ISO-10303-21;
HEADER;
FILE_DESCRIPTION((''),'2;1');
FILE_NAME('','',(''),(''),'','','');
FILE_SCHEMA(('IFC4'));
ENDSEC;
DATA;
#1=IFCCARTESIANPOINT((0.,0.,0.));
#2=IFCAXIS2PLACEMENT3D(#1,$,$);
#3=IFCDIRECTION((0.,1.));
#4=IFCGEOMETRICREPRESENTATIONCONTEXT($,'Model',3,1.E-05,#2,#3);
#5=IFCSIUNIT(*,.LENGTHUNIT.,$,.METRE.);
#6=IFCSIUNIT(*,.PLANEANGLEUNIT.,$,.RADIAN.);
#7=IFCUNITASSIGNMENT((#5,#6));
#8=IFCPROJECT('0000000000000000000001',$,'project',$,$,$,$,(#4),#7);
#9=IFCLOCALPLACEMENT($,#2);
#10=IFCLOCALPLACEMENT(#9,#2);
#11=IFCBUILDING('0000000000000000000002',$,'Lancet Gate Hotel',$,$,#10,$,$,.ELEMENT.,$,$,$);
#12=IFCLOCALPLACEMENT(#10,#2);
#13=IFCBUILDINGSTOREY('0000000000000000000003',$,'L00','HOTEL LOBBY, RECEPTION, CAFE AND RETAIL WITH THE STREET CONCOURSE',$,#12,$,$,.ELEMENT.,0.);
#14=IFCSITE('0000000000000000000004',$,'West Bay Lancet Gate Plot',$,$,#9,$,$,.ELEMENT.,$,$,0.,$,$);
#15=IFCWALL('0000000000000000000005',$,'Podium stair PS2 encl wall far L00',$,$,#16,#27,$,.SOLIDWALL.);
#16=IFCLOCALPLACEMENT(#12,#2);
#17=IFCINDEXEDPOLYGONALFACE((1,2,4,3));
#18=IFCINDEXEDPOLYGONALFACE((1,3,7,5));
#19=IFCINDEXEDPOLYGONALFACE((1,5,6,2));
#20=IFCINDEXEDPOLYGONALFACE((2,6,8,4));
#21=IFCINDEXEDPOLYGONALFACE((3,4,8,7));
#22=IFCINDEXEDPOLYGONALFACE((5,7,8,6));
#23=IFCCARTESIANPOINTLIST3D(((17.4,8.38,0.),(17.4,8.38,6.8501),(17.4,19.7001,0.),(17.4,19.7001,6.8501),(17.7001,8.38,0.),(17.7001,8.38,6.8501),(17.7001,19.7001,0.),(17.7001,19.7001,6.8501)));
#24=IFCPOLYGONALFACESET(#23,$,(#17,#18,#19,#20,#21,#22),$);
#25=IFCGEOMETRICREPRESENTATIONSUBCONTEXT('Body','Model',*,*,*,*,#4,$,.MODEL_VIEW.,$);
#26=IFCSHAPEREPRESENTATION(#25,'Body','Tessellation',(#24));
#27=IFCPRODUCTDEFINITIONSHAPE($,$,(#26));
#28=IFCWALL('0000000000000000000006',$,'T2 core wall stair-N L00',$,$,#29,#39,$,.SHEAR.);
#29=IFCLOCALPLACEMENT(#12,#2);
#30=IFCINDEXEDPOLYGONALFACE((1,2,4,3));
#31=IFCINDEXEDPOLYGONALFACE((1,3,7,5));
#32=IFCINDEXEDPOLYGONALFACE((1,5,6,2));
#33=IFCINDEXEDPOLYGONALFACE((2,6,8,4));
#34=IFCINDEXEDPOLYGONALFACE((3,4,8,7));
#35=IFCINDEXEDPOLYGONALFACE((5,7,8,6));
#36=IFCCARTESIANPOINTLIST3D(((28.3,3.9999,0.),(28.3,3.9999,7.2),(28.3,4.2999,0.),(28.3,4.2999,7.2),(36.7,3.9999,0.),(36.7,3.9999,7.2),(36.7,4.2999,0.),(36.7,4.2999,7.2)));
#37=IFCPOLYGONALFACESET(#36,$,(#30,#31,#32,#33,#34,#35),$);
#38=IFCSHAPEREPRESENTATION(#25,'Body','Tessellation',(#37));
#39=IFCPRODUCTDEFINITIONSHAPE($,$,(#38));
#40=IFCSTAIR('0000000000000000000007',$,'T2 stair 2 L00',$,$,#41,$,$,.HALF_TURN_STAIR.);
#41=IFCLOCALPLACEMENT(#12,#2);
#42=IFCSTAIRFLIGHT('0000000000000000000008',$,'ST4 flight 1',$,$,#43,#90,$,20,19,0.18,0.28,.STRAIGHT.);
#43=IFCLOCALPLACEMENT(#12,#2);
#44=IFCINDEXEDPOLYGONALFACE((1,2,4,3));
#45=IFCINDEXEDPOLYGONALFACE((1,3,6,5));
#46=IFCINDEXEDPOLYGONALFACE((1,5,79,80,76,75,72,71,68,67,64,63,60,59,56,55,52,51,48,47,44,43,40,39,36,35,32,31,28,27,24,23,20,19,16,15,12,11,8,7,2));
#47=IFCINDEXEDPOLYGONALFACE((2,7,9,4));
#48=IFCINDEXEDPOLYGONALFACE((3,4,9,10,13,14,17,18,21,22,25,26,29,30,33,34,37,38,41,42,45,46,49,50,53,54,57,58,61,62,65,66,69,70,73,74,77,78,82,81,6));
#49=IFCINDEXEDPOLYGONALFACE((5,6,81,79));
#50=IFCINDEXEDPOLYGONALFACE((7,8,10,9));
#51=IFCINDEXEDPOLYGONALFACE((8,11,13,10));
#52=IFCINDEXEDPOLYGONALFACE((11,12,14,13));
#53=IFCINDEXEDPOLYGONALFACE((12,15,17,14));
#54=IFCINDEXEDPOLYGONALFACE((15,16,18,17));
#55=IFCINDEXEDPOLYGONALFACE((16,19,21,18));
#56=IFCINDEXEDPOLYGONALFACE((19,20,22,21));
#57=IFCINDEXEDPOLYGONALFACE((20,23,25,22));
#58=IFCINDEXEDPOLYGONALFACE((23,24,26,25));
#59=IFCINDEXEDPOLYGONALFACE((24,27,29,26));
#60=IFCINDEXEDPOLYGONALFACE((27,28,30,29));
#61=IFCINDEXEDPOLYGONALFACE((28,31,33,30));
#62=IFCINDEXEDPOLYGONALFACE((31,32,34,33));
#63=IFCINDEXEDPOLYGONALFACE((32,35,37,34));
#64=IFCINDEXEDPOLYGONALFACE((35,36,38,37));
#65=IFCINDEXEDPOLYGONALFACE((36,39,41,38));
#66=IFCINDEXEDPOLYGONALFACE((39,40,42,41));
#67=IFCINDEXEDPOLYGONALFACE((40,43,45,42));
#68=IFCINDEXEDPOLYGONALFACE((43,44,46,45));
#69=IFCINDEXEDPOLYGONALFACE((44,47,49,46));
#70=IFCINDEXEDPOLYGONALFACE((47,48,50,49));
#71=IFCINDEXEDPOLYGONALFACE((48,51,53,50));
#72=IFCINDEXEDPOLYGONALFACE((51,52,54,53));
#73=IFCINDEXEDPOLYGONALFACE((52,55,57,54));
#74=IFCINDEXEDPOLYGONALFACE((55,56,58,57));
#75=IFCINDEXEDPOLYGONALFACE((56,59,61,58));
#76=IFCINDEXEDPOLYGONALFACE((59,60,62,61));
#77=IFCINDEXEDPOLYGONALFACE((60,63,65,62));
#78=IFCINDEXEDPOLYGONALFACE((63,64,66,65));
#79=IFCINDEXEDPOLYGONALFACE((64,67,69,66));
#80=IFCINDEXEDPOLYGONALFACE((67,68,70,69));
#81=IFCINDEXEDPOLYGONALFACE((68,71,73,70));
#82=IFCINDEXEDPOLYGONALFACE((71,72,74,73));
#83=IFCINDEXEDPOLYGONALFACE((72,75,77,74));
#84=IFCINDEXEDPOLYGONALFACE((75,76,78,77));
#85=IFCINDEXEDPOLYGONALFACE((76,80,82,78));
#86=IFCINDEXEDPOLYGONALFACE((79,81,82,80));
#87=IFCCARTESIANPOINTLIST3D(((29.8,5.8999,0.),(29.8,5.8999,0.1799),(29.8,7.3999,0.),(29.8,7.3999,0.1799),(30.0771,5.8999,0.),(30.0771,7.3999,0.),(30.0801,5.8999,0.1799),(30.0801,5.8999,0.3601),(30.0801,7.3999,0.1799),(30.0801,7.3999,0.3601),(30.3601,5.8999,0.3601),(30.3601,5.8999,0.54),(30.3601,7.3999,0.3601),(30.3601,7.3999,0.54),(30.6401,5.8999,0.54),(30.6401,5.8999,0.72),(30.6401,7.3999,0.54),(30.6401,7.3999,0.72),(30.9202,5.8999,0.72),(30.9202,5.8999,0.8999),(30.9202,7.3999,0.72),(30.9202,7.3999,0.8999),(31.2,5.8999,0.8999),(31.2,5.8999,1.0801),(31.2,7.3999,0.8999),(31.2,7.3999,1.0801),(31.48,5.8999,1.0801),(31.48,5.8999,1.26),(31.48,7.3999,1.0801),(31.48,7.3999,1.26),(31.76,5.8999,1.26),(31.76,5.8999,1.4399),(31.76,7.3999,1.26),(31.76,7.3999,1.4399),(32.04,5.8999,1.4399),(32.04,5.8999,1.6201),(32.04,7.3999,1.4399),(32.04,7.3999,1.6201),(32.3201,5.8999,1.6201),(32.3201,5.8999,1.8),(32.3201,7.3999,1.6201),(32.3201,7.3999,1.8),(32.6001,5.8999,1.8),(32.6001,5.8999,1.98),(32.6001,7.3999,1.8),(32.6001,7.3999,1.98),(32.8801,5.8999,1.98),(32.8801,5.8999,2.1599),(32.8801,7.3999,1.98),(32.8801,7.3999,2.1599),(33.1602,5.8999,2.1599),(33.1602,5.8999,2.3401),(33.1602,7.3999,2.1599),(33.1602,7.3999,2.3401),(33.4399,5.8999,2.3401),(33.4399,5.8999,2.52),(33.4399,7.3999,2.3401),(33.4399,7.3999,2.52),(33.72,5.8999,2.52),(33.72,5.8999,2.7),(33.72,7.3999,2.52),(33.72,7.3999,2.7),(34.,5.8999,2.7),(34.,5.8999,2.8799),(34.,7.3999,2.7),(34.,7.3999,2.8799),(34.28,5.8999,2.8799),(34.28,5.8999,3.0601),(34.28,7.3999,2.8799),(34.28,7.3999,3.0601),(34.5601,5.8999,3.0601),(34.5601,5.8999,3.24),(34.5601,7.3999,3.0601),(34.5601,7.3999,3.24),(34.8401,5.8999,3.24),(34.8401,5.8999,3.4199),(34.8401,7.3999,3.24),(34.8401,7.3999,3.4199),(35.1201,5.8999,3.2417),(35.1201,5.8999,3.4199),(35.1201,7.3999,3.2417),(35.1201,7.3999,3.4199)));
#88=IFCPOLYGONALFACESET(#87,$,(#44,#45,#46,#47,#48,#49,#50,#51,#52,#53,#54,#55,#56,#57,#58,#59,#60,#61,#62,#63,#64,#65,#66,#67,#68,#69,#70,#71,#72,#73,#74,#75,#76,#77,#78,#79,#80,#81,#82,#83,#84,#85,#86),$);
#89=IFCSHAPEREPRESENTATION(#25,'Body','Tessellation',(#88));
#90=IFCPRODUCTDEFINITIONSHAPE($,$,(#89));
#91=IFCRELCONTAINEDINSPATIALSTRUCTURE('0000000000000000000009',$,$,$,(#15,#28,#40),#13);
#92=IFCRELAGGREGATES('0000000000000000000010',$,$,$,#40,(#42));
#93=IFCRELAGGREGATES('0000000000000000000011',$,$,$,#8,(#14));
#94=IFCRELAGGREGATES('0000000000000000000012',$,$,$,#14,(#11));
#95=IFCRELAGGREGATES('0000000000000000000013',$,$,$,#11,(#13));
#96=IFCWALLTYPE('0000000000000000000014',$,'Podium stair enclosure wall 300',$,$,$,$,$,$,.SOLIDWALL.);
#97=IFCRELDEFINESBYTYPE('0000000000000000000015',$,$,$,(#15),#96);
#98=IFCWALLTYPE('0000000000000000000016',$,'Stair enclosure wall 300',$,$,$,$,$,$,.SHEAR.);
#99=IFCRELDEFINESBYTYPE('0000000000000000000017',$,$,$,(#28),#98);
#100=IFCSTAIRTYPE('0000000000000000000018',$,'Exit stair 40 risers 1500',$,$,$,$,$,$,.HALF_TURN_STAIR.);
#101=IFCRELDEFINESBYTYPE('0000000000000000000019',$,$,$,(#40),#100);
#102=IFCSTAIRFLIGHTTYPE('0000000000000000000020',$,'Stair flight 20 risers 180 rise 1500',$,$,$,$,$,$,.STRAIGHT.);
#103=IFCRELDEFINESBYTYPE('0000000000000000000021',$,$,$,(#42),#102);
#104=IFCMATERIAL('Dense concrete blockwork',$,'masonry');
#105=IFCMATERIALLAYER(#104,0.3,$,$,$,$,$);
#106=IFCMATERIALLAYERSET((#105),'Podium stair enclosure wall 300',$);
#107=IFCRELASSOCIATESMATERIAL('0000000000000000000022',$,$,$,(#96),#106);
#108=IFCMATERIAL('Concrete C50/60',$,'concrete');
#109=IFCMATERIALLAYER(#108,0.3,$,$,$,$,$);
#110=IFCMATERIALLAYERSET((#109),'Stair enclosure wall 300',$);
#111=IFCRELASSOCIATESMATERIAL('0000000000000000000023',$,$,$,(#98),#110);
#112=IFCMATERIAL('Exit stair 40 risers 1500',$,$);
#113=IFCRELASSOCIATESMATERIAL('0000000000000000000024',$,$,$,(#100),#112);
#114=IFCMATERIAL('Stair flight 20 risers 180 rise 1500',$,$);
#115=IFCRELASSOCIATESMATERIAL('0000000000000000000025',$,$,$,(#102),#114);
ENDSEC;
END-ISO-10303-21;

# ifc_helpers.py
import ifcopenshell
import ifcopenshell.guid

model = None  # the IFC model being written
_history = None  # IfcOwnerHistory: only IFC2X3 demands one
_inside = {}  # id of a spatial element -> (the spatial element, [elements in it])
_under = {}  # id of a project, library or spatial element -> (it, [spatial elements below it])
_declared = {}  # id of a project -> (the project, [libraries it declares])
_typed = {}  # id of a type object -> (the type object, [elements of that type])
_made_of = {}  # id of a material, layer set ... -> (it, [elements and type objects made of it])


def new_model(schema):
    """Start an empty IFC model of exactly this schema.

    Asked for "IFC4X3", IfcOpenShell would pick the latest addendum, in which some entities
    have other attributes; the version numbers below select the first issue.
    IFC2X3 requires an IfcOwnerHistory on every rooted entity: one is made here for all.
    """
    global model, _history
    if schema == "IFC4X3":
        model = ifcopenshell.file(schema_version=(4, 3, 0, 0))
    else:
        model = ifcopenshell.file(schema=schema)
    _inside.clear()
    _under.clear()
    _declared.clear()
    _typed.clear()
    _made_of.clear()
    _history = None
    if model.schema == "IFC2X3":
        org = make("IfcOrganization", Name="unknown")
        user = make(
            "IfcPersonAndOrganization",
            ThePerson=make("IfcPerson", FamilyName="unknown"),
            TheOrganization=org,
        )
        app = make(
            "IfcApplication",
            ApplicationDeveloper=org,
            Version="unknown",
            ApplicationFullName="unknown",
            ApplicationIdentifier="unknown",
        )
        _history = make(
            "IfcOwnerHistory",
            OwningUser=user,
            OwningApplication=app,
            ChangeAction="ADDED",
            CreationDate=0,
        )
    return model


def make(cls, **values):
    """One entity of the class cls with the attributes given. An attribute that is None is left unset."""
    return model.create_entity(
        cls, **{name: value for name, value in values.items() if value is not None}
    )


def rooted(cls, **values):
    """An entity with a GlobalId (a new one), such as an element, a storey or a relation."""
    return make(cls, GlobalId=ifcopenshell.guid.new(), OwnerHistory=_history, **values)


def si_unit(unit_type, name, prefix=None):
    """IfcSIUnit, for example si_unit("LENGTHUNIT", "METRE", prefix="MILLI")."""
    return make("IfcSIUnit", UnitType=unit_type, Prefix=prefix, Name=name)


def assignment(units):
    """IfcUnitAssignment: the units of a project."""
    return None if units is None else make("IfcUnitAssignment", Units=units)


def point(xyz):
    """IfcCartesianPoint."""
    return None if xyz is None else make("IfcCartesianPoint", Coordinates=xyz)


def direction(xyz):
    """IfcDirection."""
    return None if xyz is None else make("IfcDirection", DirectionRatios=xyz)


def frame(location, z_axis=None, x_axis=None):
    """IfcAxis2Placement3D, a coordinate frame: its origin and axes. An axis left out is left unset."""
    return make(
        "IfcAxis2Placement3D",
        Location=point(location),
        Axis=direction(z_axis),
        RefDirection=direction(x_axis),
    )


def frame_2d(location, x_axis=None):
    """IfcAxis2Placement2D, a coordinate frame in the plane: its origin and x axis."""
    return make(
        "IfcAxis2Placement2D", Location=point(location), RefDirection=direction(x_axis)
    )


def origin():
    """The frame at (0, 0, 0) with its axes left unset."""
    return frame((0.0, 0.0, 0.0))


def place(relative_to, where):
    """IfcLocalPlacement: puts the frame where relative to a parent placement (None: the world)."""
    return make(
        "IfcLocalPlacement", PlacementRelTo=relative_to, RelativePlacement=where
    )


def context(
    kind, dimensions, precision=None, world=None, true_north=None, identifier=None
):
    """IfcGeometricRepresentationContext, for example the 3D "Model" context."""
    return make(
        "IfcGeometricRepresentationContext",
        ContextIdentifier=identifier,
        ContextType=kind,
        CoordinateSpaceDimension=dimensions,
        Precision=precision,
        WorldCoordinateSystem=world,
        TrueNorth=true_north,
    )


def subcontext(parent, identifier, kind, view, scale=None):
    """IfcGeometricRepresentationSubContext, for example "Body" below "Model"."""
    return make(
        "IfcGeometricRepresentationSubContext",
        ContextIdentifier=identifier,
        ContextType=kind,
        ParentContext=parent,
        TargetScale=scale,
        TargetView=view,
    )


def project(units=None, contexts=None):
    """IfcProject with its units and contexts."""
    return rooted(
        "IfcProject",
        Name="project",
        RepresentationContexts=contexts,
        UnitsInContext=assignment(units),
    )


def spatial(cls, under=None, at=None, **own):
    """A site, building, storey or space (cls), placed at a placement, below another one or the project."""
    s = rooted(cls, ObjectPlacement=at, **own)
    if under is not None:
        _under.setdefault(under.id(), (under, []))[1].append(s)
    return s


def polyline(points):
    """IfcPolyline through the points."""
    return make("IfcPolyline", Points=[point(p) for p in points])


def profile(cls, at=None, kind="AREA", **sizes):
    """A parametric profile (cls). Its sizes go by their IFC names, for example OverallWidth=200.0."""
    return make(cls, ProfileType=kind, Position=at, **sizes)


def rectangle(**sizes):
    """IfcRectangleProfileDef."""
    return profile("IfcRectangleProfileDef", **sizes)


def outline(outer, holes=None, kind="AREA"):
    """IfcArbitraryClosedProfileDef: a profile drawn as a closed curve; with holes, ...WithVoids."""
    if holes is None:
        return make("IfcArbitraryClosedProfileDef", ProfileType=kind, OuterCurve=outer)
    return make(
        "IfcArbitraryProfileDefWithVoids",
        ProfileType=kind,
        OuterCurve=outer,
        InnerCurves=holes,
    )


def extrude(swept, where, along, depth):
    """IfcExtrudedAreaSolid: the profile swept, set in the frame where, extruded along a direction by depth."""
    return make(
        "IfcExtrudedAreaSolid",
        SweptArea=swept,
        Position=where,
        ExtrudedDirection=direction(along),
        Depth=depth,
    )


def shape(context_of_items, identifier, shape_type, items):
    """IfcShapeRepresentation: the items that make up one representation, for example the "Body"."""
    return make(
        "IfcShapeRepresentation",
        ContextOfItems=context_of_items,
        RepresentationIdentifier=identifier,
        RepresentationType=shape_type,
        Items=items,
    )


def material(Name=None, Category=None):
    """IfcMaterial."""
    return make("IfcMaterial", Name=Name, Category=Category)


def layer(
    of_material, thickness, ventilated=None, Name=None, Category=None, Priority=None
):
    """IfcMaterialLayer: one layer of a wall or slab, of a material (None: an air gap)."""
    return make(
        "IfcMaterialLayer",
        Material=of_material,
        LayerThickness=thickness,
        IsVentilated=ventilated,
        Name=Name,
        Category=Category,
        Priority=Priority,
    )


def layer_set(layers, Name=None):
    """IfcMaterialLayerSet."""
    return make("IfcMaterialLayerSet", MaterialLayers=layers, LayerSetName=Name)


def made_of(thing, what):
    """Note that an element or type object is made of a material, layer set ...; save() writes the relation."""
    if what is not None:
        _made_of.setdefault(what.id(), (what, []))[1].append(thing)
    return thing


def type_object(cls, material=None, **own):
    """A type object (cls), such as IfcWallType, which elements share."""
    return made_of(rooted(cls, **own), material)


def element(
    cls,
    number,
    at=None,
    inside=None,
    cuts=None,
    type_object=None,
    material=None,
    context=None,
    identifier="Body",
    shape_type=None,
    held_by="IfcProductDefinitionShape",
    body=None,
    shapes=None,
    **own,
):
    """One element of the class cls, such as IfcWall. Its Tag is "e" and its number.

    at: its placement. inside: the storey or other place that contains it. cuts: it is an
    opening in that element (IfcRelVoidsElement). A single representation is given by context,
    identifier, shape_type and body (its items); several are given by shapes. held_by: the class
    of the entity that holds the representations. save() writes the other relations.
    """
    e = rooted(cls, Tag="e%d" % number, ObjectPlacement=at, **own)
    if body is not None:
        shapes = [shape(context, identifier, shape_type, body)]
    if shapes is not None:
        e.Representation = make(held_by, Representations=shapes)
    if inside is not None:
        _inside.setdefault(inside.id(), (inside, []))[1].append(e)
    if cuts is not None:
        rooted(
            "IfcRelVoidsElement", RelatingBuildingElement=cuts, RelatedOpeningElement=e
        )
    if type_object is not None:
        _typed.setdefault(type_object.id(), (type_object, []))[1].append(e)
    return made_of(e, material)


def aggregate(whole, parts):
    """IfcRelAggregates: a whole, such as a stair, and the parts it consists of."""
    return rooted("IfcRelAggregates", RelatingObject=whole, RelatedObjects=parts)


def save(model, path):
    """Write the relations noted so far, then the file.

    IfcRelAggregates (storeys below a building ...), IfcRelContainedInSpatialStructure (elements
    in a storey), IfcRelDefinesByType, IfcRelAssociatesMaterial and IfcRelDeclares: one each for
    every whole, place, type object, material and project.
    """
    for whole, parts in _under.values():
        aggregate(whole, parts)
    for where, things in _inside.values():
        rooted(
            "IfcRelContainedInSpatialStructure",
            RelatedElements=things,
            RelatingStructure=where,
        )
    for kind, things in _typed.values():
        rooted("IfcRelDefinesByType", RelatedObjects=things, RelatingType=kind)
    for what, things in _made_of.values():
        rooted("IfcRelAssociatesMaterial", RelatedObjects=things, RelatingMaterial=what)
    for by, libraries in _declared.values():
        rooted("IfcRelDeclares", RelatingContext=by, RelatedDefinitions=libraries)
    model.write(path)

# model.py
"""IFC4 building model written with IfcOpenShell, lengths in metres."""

from ifc_helpers import new_model, si_unit, direction, frame, frame_2d, origin, place, context, subcontext, project, spatial, polyline, rectangle, outline, extrude, material, layer, layer_set, type_object, element, aggregate, save


model = new_model("IFC4")

# Units and contexts
model_context = context("Model", 3, precision=1e-05, world=origin(), true_north=direction((0.0, 1.0)))
body_context = subcontext(model_context, "Body", "Model", "MODEL_VIEW")
ifc_project = project(units=[si_unit("LENGTHUNIT", "METRE"), si_unit("PLANEANGLEUNIT", "RADIAN")], contexts=[model_context])

# Site, building, storey
site_placement = place(None, origin())
site = spatial("IfcSite", under=ifc_project, at=site_placement, Name="West Bay Lancet Gate Plot", CompositionType="ELEMENT", RefElevation=0.0)
building_placement = place(site_placement, origin())
building = spatial("IfcBuilding", under=site, at=building_placement, Name="Lancet Gate Hotel", CompositionType="ELEMENT")
storey_placement = place(building_placement, origin())
storey = spatial("IfcBuildingStorey", under=building, at=storey_placement, Name="L00", Description="HOTEL LOBBY, RECEPTION, CAFE AND RETAIL WITH THE STREET CONCOURSE", CompositionType="ELEMENT", Elevation=0.0)

# Walls
ifc_material_1 = material(Name="Dense concrete blockwork", Category="masonry")
ifc_layer_1 = layer(ifc_material_1, 0.3)
ifc_layer_set_1 = layer_set([ifc_layer_1], Name="Podium stair enclosure wall 300")
wall_type_1 = type_object("IfcWallType", Name="Podium stair enclosure wall 300", PredefinedType="SOLIDWALL", material=ifc_layer_set_1)
wall_1_placement = place(storey_placement, frame((17.55, 8.3799, 0.0), z_axis=(0.0, 0.0, 1.0), x_axis=(0.0, 1.0, 0.0)))
element("IfcWall", 1, at=wall_1_placement, inside=storey, type_object=wall_type_1, Name="Podium stair PS2 encl wall far L00", PredefinedType="SOLIDWALL", context=body_context, shape_type="SweptSolid", body=[
    extrude(rectangle(XDim=11.3201, YDim=0.3, at=frame_2d((5.6602, 0.0))), origin(), (0.0, 0.0, 1.0), 6.8501),
])
ifc_material_2 = material(Name="Concrete C50/60", Category="concrete")
ifc_layer_2 = layer(ifc_material_2, 0.3)
ifc_layer_set_2 = layer_set([ifc_layer_2], Name="Stair enclosure wall 300")
wall_type_2 = type_object("IfcWallType", Name="Stair enclosure wall 300", PredefinedType="SHEAR", material=ifc_layer_set_2)
wall_2_placement = place(storey_placement, frame((28.3, 4.1499, 0.0), z_axis=(0.0, 0.0, 1.0), x_axis=(1.0, 0.0, 0.0)))
element("IfcWall", 2, at=wall_2_placement, inside=storey, type_object=wall_type_2, Name="T2 core wall stair-N L00", PredefinedType="SHEAR", context=body_context, shape_type="SweptSolid", body=[
    extrude(rectangle(XDim=8.3999, YDim=0.3, at=frame_2d((4.2, 0.0))), origin(), (0.0, 0.0, 1.0), 7.2),
])

# Stair, stair flight
ifc_material_3 = material(Name="Exit stair 40 risers 1500")
stair_type = type_object("IfcStairType", Name="Exit stair 40 risers 1500", PredefinedType="HALF_TURN_STAIR", material=ifc_material_3)
stair_placement = place(storey_placement, origin())
stair = element("IfcStair", 3, at=stair_placement, inside=storey, type_object=stair_type, Name="T2 stair 2 L00", PredefinedType="HALF_TURN_STAIR")
ifc_material_4 = material(Name="Stair flight 20 risers 180 rise 1500")
stair_flight_type = type_object("IfcStairFlightType", Name="Stair flight 20 risers 180 rise 1500", PredefinedType="STRAIGHT", material=ifc_material_4)
stair_flight_placement = place(storey_placement, frame((29.8, 6.6499, 0.0), z_axis=(0.0, 0.0, 1.0), x_axis=(1.0, 0.0, 0.0)))
stair_flight = element("IfcStairFlight", 4, at=stair_flight_placement, type_object=stair_flight_type, Name="ST4 flight 1", NumberOfRisers=20, NumberOfTreads=19, PredefinedType="STRAIGHT", RiserHeight=0.18, TreadLength=0.28, context=body_context, shape_type="SweptSolid", body=[
    extrude(outline(polyline([(0.0, 0.0), (0.0, 0.1799), (0.28, 0.1799), (0.28, 0.3601), (0.5601, 0.3601), (0.5601, 0.54), (0.8401, 0.54), (0.8401, 0.72), (1.1201, 0.72), (1.1201, 0.8999), (1.3999, 0.8999), (1.3999, 1.0801), (1.6799, 1.0801), (1.6799, 1.26), (1.96, 1.26), (1.96, 1.4399), (2.24, 1.4399), (2.24, 1.6201), (2.52, 1.6201), (2.52, 1.8), (2.8, 1.8), (2.8, 1.98), (3.0801, 1.98), (3.0801, 2.1599), (3.3601, 2.1599), (3.3601, 2.3401), (3.6399, 2.3401), (3.6399, 2.52), (3.9199, 2.52), (3.9199, 2.7), (4.2, 2.7), (4.2, 2.8799), (4.48, 2.8799), (4.48, 3.0601), (4.76, 3.0601), (4.76, 3.24), (5.04, 3.24), (5.04, 3.4199), (5.3201, 3.4199), (5.3201, 3.6001), (5.3201, 3.2417), (0.2771, 0.0), (0.0, 0.0)])), frame((0.0, 0.75, 0.0), z_axis=(0.0, -1.0, 0.0), x_axis=(1.0, 0.0, 0.0)), (0.0, 0.0, 1.0), 1.5),
])
aggregate(stair, [stair_flight])

save(model, "model.ifc")
